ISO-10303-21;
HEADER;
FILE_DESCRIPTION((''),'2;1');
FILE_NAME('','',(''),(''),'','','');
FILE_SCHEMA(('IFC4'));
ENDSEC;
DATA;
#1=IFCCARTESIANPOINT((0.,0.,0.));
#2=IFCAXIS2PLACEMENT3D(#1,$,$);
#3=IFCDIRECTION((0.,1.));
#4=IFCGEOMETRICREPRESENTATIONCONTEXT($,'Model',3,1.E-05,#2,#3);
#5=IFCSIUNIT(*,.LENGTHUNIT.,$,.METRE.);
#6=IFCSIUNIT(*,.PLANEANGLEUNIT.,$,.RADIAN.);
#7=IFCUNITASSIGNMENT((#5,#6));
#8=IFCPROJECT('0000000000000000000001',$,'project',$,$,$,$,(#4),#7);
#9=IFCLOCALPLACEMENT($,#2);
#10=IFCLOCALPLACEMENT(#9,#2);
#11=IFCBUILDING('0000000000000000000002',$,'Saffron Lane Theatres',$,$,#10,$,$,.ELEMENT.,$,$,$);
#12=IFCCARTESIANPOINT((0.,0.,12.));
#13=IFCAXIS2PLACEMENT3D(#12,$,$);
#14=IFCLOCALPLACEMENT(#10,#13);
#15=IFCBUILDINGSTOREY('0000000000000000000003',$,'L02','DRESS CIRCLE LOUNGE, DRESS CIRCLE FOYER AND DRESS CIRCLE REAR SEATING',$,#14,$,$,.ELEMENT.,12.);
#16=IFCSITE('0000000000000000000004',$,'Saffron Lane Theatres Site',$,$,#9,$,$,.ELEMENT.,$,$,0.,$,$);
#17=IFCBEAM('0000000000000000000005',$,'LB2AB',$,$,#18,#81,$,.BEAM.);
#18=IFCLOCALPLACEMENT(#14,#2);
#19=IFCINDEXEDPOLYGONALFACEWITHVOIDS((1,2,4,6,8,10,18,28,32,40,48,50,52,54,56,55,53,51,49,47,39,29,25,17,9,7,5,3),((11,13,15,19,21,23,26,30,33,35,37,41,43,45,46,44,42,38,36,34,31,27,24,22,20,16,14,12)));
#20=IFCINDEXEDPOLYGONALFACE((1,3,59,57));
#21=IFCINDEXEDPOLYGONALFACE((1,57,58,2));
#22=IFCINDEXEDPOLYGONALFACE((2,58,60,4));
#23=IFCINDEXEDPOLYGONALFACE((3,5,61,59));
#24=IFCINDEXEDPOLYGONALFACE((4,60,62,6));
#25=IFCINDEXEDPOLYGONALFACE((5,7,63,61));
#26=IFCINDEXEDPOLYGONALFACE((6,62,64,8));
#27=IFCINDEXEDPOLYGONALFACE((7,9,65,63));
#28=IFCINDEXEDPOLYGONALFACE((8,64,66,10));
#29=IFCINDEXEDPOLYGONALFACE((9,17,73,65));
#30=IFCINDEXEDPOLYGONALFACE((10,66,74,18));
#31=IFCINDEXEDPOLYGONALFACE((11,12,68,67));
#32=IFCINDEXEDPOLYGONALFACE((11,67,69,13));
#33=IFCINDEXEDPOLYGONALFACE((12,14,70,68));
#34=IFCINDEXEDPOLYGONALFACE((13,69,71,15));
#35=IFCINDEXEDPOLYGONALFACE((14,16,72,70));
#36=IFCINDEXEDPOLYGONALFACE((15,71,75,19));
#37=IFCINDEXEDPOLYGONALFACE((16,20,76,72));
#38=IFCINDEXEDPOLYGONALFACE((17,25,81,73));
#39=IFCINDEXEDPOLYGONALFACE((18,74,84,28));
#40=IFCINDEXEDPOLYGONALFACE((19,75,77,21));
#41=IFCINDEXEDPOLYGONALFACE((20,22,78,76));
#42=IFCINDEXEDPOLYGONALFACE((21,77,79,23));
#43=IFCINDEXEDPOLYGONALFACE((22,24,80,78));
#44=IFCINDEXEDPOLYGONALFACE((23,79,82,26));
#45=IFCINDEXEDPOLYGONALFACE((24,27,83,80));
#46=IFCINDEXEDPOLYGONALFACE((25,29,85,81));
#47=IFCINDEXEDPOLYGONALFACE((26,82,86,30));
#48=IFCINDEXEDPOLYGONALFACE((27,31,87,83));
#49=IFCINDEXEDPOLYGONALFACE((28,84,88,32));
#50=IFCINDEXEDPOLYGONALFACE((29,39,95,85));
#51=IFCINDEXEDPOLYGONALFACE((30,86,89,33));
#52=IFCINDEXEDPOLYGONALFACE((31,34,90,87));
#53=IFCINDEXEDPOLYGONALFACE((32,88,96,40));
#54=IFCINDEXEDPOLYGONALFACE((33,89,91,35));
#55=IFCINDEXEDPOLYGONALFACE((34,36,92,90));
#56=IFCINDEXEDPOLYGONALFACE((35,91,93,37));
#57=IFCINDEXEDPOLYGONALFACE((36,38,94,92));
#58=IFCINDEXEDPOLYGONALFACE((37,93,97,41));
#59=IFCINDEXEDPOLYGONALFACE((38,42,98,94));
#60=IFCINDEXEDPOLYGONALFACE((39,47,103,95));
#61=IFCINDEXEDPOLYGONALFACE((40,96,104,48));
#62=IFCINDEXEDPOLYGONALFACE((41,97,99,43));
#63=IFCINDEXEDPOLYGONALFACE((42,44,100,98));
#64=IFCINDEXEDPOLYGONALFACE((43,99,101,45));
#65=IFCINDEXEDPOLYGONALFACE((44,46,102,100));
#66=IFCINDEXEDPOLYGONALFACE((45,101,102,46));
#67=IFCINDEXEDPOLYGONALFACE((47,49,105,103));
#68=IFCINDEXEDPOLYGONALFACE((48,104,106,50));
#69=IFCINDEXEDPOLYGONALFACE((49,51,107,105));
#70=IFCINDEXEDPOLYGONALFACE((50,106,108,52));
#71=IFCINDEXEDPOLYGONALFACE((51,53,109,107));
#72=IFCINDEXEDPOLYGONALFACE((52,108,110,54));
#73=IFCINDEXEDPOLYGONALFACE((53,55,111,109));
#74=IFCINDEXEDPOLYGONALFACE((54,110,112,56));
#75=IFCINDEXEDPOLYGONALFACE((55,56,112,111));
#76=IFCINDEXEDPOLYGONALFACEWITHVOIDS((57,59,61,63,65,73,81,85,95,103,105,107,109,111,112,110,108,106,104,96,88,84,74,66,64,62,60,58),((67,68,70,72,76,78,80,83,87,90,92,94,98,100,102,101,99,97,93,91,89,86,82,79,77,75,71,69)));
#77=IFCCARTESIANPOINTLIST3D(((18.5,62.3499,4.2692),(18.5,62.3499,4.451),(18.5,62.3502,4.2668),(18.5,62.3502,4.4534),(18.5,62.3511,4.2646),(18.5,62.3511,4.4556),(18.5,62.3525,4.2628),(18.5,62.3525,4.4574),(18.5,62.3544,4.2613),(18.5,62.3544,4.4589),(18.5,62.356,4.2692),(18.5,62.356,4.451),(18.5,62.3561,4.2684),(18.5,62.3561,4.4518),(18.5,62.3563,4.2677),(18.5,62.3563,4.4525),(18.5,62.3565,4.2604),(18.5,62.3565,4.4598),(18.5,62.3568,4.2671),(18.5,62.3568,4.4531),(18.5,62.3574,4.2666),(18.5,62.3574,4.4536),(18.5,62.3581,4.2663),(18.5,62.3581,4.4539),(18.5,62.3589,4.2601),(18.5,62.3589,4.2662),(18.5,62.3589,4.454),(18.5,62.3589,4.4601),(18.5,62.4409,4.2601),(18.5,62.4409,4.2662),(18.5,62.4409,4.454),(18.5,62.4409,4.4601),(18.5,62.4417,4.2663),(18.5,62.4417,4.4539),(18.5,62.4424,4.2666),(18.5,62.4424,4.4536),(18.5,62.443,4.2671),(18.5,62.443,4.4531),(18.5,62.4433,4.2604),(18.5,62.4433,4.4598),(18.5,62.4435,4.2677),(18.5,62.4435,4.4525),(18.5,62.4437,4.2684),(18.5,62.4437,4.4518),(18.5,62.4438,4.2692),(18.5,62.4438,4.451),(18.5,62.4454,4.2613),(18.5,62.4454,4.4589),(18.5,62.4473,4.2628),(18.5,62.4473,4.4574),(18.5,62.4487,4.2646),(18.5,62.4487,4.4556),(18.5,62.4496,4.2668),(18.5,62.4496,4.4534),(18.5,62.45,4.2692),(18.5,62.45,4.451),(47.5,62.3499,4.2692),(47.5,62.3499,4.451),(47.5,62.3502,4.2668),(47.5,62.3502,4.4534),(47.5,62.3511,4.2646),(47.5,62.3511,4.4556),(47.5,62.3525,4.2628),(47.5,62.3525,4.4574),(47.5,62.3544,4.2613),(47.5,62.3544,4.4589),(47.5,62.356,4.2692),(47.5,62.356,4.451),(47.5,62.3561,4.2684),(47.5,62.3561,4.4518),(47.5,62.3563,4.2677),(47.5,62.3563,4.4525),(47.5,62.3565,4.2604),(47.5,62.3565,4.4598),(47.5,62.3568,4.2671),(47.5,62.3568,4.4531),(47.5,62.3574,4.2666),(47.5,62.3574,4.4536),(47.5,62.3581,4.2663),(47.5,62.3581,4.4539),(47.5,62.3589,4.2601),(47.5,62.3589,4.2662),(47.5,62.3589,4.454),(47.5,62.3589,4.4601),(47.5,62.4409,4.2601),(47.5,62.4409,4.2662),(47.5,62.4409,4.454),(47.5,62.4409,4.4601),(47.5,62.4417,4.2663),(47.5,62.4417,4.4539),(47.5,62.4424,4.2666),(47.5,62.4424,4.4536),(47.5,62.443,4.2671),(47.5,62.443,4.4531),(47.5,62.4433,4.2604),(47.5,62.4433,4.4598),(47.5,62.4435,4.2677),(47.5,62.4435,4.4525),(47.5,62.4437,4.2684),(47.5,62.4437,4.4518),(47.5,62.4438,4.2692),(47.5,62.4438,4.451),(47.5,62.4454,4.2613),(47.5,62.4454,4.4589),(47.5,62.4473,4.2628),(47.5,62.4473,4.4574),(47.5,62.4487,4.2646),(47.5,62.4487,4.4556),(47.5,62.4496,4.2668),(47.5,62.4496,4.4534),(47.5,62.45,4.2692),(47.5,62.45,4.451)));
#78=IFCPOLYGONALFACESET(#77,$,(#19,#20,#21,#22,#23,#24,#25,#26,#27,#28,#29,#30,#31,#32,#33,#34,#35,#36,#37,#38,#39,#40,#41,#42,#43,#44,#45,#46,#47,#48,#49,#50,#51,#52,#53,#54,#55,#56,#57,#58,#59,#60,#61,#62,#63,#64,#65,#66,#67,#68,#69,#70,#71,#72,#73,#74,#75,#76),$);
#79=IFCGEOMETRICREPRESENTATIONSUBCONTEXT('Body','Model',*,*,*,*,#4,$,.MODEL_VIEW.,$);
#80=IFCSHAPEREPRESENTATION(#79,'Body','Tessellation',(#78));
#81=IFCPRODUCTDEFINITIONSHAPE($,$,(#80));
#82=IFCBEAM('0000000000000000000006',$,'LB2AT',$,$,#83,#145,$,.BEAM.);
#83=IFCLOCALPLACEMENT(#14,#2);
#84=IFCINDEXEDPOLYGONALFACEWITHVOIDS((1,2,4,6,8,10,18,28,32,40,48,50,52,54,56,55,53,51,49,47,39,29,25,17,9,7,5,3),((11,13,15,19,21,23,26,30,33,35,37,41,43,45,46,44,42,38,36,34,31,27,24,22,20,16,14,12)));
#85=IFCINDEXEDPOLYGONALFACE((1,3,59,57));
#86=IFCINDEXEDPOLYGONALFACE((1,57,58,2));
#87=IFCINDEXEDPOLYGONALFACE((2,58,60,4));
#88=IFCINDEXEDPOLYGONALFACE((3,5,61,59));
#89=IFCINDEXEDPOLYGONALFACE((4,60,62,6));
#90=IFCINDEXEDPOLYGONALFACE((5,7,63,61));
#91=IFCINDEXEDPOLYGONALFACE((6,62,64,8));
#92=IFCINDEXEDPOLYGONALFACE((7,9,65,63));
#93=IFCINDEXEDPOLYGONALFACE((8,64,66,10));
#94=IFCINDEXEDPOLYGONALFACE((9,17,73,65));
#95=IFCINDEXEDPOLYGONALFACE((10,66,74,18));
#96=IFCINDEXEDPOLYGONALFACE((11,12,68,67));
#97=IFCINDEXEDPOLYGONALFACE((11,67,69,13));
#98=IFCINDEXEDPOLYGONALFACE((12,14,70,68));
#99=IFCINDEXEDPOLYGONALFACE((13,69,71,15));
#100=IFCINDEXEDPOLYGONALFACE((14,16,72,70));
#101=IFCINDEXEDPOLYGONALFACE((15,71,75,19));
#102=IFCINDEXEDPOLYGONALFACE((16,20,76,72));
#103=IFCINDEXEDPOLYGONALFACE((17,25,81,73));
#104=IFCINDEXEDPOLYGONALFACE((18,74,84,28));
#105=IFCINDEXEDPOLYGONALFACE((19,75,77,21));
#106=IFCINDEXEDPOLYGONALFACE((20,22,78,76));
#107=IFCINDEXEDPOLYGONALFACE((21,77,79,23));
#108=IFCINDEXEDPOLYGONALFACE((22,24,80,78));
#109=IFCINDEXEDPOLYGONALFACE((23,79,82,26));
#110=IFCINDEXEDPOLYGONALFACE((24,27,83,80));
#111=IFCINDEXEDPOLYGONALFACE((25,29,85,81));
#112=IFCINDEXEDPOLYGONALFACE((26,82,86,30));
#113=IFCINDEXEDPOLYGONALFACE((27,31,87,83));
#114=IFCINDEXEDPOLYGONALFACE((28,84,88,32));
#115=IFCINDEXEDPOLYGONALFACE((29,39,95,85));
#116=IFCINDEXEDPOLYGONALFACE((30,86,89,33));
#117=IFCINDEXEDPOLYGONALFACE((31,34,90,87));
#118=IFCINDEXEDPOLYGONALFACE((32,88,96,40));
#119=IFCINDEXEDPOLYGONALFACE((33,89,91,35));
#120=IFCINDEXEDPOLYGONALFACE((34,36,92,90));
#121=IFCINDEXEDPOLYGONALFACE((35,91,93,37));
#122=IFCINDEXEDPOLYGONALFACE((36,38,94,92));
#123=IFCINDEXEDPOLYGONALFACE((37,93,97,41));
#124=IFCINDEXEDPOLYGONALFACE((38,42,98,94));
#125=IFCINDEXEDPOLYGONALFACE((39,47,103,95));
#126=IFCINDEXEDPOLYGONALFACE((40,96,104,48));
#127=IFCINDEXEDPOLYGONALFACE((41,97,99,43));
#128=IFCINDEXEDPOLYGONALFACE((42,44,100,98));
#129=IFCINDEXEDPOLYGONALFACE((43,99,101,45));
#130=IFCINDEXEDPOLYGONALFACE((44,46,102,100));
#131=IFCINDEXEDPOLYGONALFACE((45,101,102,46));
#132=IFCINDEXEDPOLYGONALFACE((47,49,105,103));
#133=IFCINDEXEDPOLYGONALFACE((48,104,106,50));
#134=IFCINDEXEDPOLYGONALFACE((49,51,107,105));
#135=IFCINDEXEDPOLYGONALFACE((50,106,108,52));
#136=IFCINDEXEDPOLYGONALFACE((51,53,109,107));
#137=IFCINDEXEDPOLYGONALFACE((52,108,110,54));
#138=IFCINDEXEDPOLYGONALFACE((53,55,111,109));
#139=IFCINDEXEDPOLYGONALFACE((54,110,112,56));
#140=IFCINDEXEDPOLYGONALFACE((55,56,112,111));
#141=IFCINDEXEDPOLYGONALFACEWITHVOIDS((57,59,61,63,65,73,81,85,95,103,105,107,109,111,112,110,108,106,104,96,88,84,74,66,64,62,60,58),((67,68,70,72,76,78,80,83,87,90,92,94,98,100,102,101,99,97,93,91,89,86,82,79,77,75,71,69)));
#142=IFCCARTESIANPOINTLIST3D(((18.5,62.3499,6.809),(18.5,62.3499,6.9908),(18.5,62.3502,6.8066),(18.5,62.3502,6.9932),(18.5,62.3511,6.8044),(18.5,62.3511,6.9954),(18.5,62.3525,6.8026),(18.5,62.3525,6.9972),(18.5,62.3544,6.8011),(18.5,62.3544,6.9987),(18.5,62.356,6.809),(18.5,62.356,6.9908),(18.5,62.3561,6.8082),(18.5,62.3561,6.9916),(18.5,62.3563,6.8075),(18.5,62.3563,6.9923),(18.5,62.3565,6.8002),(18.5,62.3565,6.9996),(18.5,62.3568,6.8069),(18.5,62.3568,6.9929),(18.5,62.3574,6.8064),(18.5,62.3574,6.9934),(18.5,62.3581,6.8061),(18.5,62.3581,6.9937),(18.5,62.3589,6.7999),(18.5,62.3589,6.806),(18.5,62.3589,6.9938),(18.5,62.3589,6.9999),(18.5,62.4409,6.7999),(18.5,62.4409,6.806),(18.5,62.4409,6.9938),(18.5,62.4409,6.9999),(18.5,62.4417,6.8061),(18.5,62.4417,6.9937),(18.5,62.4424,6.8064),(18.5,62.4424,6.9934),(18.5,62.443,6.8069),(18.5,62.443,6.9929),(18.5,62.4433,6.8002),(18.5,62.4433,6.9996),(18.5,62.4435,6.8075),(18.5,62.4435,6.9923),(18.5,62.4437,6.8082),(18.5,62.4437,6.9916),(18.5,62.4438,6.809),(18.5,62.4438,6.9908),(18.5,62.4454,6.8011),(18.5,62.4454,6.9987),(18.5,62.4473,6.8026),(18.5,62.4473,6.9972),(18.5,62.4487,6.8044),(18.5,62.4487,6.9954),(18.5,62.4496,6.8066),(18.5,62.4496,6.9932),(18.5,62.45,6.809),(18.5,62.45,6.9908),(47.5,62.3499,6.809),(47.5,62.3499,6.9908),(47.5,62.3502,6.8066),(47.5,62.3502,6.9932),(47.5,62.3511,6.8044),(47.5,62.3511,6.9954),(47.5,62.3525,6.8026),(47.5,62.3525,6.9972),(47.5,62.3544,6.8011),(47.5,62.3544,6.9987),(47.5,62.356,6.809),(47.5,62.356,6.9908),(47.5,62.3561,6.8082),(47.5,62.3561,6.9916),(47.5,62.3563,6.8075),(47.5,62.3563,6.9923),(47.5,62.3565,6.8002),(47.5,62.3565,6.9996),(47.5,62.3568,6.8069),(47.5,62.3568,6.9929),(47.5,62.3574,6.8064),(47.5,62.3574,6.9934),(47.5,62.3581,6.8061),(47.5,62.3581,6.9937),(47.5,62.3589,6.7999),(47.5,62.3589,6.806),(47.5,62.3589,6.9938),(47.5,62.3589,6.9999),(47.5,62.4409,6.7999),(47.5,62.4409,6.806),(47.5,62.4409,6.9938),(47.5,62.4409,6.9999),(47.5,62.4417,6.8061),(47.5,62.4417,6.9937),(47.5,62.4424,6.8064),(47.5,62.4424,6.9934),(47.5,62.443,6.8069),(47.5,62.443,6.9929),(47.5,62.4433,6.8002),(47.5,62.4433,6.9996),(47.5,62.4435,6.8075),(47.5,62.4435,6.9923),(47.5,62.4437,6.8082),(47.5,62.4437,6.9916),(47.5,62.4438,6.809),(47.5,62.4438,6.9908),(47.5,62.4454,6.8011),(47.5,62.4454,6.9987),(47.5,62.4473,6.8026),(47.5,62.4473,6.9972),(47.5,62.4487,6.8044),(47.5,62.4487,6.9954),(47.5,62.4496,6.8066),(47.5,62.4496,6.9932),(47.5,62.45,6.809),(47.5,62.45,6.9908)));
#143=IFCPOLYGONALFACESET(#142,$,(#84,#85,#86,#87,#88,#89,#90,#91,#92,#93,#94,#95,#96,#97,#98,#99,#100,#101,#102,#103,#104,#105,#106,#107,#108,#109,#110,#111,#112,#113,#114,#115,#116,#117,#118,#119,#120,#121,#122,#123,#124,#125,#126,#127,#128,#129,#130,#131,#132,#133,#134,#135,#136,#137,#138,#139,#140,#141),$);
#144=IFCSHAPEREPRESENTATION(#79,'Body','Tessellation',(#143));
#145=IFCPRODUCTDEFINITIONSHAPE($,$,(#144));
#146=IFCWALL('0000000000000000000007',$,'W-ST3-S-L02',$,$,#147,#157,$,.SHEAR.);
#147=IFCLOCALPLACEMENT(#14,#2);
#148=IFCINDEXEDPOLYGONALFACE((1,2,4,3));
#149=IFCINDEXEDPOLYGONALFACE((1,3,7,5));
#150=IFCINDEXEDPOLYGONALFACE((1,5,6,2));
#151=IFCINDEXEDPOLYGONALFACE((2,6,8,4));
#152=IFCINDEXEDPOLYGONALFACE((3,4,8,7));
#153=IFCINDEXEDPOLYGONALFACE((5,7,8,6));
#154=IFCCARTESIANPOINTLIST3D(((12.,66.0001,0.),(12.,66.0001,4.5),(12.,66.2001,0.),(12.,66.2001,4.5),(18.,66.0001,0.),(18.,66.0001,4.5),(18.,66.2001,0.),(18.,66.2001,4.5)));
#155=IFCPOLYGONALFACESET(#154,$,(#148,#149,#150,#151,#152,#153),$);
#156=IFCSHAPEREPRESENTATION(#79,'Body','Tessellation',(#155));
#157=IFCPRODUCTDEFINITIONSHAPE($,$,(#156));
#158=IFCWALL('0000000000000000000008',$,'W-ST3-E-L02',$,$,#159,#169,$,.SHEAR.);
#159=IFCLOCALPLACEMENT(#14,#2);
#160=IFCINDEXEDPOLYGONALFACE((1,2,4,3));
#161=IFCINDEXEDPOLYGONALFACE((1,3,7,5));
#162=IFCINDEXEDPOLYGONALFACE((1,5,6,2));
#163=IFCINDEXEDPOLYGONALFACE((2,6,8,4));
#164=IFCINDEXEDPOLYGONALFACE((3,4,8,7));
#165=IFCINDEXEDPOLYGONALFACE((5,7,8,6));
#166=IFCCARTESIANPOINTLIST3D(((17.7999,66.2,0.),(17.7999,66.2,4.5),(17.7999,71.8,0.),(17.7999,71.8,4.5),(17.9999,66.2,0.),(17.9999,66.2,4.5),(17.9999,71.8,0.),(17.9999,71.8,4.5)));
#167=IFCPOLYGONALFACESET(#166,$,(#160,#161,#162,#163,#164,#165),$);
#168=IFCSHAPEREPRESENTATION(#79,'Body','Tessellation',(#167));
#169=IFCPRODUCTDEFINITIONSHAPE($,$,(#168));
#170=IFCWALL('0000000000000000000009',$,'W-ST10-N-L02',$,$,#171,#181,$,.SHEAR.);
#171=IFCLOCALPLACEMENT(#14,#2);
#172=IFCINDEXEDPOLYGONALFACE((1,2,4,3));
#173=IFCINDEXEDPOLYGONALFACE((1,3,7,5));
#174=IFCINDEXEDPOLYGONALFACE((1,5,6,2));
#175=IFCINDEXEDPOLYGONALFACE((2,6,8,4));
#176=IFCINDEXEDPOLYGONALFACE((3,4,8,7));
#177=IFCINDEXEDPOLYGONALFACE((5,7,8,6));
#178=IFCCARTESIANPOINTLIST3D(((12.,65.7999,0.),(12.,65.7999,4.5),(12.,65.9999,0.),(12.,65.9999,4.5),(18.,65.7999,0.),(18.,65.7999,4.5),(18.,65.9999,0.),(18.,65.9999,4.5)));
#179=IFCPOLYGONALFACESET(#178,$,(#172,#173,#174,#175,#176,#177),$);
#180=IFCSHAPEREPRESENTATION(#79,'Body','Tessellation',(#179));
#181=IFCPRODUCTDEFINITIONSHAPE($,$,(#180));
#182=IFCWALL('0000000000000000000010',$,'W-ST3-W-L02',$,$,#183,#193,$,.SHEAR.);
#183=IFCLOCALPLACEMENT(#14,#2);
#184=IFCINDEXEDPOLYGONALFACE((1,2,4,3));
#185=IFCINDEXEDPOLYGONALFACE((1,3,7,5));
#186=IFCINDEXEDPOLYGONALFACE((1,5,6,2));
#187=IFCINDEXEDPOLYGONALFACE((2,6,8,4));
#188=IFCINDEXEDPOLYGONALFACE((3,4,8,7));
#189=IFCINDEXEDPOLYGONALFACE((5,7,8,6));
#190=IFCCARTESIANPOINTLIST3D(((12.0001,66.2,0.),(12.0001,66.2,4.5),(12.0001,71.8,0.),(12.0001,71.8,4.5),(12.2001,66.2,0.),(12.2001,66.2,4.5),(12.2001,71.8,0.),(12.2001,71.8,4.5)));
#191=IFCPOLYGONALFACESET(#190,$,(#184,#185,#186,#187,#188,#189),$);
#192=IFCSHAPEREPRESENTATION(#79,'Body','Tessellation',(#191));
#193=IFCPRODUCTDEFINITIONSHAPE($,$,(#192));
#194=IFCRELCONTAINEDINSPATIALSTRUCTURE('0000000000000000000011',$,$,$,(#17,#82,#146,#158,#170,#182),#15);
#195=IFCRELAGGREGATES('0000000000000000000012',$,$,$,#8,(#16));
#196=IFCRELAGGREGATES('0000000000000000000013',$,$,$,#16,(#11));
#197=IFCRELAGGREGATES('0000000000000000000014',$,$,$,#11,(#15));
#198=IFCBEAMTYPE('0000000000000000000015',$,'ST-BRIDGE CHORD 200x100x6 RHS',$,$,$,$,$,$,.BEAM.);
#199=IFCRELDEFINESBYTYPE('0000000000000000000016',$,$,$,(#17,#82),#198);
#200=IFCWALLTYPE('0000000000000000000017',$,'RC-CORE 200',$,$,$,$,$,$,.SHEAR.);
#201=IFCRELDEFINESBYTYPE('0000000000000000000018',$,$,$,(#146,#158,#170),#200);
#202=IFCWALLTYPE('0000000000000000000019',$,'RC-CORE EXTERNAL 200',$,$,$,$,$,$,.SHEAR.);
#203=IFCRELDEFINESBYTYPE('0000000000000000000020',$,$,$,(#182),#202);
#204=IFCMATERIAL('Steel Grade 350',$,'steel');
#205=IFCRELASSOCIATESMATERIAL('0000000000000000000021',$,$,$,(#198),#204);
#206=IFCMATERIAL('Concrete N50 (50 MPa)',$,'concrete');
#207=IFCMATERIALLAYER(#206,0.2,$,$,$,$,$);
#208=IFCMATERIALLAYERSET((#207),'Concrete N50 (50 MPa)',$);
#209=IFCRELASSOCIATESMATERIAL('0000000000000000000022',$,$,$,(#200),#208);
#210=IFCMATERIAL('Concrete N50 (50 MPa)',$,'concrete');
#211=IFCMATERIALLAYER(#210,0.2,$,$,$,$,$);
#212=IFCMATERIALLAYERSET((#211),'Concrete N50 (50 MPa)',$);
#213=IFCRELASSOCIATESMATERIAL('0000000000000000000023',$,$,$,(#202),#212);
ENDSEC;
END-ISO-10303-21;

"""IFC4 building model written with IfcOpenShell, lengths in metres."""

from ifc_helpers import new_model, si_unit, direction, frame, frame_2d, origin, origin_2d, place, context, subcontext, project, spatial, rectangle, hollow_rectangle, extrude, material, layer, layer_set, material_profile, profile_set, type_object, element, save


model = new_model("IFC4")

# Units and contexts
model_context = context("Model", 3, precision=1e-05, world=origin(), true_north=direction((0.0, 1.0)))
body_context = subcontext(model_context, "Body", "Model", "MODEL_VIEW")
ifc_project = project(units=[si_unit("LENGTHUNIT", "METRE"), si_unit("PLANEANGLEUNIT", "RADIAN")], contexts=[model_context])

# Site, building, storey
site_placement = place(None, origin())
site = spatial("IfcSite", under=ifc_project, at=site_placement, Name="Saffron Lane Theatres Site", CompositionType="ELEMENT", RefElevation=0.0)
building_placement = place(site_placement, origin())
building = spatial("IfcBuilding", under=site, at=building_placement, Name="Saffron Lane Theatres", CompositionType="ELEMENT")
storey_placement = place(building_placement, frame((0.0, 0.0, 12.0)))
storey = spatial("IfcBuildingStorey", under=building, at=storey_placement, Name="L02", Description="DRESS CIRCLE LOUNGE, DRESS CIRCLE FOYER AND DRESS CIRCLE REAR SEATING", CompositionType="ELEMENT", Elevation=12.0)

# Beams
ifc_material_1 = material(Name="Steel Grade 350", Category="steel")
ifc_material_profile_1 = material_profile(ifc_material_1, hollow_rectangle(XDim=0.1001, YDim=0.2, WallThickness=0.0061, InnerFilletRadius=0.0029, OuterFilletRadius=0.009, at=origin_2d()))
ifc_profile_set_1 = profile_set([ifc_material_profile_1], Name="Steel Grade 350")
beam_type = type_object("IfcBeamType", Name="ST-BRIDGE CHORD 200x100x6 RHS", PredefinedType="BEAM", material=ifc_profile_set_1)
for number, where, z_axis, x_axis, name in (
    (1, (18.5, 62.3999, 4.3601), (1.0, 0.0, 0.0), (0.0, 1.0, 0.0), "LB2AB"),
    (2, (18.5, 62.3999, 6.8999), (1.0, 0.0, 0.0), (0.0, 1.0, 0.0), "LB2AT"),
):
    element("IfcBeam", number, at=place(storey_placement, frame(where, z_axis=z_axis, x_axis=x_axis)), inside=storey, type_object=beam_type, Name=name, PredefinedType="BEAM", context=body_context, shape_type="SweptSolid", body=[
        extrude(hollow_rectangle(XDim=0.1001, YDim=0.2, WallThickness=0.0061, InnerFilletRadius=0.0029, OuterFilletRadius=0.009, at=origin_2d()), origin(), (0.0, 0.0, 1.0), 29.0),
    ])

# Walls
ifc_material_2 = material(Name="Concrete N50 (50 MPa)", Category="concrete")
ifc_layer_1 = layer(ifc_material_2, 0.2)
ifc_layer_set_1 = layer_set([ifc_layer_1], Name="Concrete N50 (50 MPa)")
wall_type_1 = type_object("IfcWallType", Name="RC-CORE 200", PredefinedType="SHEAR", material=ifc_layer_set_1)
wall_1_placement = place(storey_placement, frame((12.0, 66.1001, 0.0), z_axis=(0.0, 0.0, 1.0), x_axis=(1.0, 0.0, 0.0)))
element("IfcWall", 3, at=wall_1_placement, inside=storey, type_object=wall_type_1, Name="W-ST3-S-L02", PredefinedType="SHEAR", context=body_context, shape_type="SweptSolid", body=[
    extrude(rectangle(XDim=6.0, YDim=0.2, at=frame_2d((3.0, 0.0))), origin(), (0.0, 0.0, 1.0), 4.5),
])
wall_2_placement = place(storey_placement, frame((17.8999, 66.2, 0.0), z_axis=(0.0, 0.0, 1.0), x_axis=(0.0, 1.0, 0.0)))
element("IfcWall", 4, at=wall_2_placement, inside=storey, type_object=wall_type_1, Name="W-ST3-E-L02", PredefinedType="SHEAR", context=body_context, shape_type="SweptSolid", body=[
    extrude(rectangle(XDim=5.6001, YDim=0.2, at=frame_2d((2.8, 0.0))), origin(), (0.0, 0.0, 1.0), 4.5),
])
wall_3_placement = place(storey_placement, frame((12.0, 65.8999, 0.0), z_axis=(0.0, 0.0, 1.0), x_axis=(1.0, 0.0, 0.0)))
element("IfcWall", 5, at=wall_3_placement, inside=storey, type_object=wall_type_1, Name="W-ST10-N-L02", PredefinedType="SHEAR", context=body_context, shape_type="SweptSolid", body=[
    extrude(rectangle(XDim=6.0, YDim=0.2, at=frame_2d((3.0, 0.0))), origin(), (0.0, 0.0, 1.0), 4.5),
])
ifc_material_3 = material(Name="Concrete N50 (50 MPa)", Category="concrete")
ifc_layer_2 = layer(ifc_material_3, 0.2)
ifc_layer_set_2 = layer_set([ifc_layer_2], Name="Concrete N50 (50 MPa)")
wall_type_2 = type_object("IfcWallType", Name="RC-CORE EXTERNAL 200", PredefinedType="SHEAR", material=ifc_layer_set_2)
wall_4_placement = place(storey_placement, frame((12.1001, 66.2, 0.0), z_axis=(0.0, 0.0, 1.0), x_axis=(0.0, 1.0, 0.0)))
element("IfcWall", 6, at=wall_4_placement, inside=storey, type_object=wall_type_2, Name="W-ST3-W-L02", PredefinedType="SHEAR", context=body_context, shape_type="SweptSolid", body=[
    extrude(rectangle(XDim=5.6001, YDim=0.2, at=frame_2d((2.8, 0.0))), origin(), (0.0, 0.0, 1.0), 4.5),
])

save(model, "model.ifc")
